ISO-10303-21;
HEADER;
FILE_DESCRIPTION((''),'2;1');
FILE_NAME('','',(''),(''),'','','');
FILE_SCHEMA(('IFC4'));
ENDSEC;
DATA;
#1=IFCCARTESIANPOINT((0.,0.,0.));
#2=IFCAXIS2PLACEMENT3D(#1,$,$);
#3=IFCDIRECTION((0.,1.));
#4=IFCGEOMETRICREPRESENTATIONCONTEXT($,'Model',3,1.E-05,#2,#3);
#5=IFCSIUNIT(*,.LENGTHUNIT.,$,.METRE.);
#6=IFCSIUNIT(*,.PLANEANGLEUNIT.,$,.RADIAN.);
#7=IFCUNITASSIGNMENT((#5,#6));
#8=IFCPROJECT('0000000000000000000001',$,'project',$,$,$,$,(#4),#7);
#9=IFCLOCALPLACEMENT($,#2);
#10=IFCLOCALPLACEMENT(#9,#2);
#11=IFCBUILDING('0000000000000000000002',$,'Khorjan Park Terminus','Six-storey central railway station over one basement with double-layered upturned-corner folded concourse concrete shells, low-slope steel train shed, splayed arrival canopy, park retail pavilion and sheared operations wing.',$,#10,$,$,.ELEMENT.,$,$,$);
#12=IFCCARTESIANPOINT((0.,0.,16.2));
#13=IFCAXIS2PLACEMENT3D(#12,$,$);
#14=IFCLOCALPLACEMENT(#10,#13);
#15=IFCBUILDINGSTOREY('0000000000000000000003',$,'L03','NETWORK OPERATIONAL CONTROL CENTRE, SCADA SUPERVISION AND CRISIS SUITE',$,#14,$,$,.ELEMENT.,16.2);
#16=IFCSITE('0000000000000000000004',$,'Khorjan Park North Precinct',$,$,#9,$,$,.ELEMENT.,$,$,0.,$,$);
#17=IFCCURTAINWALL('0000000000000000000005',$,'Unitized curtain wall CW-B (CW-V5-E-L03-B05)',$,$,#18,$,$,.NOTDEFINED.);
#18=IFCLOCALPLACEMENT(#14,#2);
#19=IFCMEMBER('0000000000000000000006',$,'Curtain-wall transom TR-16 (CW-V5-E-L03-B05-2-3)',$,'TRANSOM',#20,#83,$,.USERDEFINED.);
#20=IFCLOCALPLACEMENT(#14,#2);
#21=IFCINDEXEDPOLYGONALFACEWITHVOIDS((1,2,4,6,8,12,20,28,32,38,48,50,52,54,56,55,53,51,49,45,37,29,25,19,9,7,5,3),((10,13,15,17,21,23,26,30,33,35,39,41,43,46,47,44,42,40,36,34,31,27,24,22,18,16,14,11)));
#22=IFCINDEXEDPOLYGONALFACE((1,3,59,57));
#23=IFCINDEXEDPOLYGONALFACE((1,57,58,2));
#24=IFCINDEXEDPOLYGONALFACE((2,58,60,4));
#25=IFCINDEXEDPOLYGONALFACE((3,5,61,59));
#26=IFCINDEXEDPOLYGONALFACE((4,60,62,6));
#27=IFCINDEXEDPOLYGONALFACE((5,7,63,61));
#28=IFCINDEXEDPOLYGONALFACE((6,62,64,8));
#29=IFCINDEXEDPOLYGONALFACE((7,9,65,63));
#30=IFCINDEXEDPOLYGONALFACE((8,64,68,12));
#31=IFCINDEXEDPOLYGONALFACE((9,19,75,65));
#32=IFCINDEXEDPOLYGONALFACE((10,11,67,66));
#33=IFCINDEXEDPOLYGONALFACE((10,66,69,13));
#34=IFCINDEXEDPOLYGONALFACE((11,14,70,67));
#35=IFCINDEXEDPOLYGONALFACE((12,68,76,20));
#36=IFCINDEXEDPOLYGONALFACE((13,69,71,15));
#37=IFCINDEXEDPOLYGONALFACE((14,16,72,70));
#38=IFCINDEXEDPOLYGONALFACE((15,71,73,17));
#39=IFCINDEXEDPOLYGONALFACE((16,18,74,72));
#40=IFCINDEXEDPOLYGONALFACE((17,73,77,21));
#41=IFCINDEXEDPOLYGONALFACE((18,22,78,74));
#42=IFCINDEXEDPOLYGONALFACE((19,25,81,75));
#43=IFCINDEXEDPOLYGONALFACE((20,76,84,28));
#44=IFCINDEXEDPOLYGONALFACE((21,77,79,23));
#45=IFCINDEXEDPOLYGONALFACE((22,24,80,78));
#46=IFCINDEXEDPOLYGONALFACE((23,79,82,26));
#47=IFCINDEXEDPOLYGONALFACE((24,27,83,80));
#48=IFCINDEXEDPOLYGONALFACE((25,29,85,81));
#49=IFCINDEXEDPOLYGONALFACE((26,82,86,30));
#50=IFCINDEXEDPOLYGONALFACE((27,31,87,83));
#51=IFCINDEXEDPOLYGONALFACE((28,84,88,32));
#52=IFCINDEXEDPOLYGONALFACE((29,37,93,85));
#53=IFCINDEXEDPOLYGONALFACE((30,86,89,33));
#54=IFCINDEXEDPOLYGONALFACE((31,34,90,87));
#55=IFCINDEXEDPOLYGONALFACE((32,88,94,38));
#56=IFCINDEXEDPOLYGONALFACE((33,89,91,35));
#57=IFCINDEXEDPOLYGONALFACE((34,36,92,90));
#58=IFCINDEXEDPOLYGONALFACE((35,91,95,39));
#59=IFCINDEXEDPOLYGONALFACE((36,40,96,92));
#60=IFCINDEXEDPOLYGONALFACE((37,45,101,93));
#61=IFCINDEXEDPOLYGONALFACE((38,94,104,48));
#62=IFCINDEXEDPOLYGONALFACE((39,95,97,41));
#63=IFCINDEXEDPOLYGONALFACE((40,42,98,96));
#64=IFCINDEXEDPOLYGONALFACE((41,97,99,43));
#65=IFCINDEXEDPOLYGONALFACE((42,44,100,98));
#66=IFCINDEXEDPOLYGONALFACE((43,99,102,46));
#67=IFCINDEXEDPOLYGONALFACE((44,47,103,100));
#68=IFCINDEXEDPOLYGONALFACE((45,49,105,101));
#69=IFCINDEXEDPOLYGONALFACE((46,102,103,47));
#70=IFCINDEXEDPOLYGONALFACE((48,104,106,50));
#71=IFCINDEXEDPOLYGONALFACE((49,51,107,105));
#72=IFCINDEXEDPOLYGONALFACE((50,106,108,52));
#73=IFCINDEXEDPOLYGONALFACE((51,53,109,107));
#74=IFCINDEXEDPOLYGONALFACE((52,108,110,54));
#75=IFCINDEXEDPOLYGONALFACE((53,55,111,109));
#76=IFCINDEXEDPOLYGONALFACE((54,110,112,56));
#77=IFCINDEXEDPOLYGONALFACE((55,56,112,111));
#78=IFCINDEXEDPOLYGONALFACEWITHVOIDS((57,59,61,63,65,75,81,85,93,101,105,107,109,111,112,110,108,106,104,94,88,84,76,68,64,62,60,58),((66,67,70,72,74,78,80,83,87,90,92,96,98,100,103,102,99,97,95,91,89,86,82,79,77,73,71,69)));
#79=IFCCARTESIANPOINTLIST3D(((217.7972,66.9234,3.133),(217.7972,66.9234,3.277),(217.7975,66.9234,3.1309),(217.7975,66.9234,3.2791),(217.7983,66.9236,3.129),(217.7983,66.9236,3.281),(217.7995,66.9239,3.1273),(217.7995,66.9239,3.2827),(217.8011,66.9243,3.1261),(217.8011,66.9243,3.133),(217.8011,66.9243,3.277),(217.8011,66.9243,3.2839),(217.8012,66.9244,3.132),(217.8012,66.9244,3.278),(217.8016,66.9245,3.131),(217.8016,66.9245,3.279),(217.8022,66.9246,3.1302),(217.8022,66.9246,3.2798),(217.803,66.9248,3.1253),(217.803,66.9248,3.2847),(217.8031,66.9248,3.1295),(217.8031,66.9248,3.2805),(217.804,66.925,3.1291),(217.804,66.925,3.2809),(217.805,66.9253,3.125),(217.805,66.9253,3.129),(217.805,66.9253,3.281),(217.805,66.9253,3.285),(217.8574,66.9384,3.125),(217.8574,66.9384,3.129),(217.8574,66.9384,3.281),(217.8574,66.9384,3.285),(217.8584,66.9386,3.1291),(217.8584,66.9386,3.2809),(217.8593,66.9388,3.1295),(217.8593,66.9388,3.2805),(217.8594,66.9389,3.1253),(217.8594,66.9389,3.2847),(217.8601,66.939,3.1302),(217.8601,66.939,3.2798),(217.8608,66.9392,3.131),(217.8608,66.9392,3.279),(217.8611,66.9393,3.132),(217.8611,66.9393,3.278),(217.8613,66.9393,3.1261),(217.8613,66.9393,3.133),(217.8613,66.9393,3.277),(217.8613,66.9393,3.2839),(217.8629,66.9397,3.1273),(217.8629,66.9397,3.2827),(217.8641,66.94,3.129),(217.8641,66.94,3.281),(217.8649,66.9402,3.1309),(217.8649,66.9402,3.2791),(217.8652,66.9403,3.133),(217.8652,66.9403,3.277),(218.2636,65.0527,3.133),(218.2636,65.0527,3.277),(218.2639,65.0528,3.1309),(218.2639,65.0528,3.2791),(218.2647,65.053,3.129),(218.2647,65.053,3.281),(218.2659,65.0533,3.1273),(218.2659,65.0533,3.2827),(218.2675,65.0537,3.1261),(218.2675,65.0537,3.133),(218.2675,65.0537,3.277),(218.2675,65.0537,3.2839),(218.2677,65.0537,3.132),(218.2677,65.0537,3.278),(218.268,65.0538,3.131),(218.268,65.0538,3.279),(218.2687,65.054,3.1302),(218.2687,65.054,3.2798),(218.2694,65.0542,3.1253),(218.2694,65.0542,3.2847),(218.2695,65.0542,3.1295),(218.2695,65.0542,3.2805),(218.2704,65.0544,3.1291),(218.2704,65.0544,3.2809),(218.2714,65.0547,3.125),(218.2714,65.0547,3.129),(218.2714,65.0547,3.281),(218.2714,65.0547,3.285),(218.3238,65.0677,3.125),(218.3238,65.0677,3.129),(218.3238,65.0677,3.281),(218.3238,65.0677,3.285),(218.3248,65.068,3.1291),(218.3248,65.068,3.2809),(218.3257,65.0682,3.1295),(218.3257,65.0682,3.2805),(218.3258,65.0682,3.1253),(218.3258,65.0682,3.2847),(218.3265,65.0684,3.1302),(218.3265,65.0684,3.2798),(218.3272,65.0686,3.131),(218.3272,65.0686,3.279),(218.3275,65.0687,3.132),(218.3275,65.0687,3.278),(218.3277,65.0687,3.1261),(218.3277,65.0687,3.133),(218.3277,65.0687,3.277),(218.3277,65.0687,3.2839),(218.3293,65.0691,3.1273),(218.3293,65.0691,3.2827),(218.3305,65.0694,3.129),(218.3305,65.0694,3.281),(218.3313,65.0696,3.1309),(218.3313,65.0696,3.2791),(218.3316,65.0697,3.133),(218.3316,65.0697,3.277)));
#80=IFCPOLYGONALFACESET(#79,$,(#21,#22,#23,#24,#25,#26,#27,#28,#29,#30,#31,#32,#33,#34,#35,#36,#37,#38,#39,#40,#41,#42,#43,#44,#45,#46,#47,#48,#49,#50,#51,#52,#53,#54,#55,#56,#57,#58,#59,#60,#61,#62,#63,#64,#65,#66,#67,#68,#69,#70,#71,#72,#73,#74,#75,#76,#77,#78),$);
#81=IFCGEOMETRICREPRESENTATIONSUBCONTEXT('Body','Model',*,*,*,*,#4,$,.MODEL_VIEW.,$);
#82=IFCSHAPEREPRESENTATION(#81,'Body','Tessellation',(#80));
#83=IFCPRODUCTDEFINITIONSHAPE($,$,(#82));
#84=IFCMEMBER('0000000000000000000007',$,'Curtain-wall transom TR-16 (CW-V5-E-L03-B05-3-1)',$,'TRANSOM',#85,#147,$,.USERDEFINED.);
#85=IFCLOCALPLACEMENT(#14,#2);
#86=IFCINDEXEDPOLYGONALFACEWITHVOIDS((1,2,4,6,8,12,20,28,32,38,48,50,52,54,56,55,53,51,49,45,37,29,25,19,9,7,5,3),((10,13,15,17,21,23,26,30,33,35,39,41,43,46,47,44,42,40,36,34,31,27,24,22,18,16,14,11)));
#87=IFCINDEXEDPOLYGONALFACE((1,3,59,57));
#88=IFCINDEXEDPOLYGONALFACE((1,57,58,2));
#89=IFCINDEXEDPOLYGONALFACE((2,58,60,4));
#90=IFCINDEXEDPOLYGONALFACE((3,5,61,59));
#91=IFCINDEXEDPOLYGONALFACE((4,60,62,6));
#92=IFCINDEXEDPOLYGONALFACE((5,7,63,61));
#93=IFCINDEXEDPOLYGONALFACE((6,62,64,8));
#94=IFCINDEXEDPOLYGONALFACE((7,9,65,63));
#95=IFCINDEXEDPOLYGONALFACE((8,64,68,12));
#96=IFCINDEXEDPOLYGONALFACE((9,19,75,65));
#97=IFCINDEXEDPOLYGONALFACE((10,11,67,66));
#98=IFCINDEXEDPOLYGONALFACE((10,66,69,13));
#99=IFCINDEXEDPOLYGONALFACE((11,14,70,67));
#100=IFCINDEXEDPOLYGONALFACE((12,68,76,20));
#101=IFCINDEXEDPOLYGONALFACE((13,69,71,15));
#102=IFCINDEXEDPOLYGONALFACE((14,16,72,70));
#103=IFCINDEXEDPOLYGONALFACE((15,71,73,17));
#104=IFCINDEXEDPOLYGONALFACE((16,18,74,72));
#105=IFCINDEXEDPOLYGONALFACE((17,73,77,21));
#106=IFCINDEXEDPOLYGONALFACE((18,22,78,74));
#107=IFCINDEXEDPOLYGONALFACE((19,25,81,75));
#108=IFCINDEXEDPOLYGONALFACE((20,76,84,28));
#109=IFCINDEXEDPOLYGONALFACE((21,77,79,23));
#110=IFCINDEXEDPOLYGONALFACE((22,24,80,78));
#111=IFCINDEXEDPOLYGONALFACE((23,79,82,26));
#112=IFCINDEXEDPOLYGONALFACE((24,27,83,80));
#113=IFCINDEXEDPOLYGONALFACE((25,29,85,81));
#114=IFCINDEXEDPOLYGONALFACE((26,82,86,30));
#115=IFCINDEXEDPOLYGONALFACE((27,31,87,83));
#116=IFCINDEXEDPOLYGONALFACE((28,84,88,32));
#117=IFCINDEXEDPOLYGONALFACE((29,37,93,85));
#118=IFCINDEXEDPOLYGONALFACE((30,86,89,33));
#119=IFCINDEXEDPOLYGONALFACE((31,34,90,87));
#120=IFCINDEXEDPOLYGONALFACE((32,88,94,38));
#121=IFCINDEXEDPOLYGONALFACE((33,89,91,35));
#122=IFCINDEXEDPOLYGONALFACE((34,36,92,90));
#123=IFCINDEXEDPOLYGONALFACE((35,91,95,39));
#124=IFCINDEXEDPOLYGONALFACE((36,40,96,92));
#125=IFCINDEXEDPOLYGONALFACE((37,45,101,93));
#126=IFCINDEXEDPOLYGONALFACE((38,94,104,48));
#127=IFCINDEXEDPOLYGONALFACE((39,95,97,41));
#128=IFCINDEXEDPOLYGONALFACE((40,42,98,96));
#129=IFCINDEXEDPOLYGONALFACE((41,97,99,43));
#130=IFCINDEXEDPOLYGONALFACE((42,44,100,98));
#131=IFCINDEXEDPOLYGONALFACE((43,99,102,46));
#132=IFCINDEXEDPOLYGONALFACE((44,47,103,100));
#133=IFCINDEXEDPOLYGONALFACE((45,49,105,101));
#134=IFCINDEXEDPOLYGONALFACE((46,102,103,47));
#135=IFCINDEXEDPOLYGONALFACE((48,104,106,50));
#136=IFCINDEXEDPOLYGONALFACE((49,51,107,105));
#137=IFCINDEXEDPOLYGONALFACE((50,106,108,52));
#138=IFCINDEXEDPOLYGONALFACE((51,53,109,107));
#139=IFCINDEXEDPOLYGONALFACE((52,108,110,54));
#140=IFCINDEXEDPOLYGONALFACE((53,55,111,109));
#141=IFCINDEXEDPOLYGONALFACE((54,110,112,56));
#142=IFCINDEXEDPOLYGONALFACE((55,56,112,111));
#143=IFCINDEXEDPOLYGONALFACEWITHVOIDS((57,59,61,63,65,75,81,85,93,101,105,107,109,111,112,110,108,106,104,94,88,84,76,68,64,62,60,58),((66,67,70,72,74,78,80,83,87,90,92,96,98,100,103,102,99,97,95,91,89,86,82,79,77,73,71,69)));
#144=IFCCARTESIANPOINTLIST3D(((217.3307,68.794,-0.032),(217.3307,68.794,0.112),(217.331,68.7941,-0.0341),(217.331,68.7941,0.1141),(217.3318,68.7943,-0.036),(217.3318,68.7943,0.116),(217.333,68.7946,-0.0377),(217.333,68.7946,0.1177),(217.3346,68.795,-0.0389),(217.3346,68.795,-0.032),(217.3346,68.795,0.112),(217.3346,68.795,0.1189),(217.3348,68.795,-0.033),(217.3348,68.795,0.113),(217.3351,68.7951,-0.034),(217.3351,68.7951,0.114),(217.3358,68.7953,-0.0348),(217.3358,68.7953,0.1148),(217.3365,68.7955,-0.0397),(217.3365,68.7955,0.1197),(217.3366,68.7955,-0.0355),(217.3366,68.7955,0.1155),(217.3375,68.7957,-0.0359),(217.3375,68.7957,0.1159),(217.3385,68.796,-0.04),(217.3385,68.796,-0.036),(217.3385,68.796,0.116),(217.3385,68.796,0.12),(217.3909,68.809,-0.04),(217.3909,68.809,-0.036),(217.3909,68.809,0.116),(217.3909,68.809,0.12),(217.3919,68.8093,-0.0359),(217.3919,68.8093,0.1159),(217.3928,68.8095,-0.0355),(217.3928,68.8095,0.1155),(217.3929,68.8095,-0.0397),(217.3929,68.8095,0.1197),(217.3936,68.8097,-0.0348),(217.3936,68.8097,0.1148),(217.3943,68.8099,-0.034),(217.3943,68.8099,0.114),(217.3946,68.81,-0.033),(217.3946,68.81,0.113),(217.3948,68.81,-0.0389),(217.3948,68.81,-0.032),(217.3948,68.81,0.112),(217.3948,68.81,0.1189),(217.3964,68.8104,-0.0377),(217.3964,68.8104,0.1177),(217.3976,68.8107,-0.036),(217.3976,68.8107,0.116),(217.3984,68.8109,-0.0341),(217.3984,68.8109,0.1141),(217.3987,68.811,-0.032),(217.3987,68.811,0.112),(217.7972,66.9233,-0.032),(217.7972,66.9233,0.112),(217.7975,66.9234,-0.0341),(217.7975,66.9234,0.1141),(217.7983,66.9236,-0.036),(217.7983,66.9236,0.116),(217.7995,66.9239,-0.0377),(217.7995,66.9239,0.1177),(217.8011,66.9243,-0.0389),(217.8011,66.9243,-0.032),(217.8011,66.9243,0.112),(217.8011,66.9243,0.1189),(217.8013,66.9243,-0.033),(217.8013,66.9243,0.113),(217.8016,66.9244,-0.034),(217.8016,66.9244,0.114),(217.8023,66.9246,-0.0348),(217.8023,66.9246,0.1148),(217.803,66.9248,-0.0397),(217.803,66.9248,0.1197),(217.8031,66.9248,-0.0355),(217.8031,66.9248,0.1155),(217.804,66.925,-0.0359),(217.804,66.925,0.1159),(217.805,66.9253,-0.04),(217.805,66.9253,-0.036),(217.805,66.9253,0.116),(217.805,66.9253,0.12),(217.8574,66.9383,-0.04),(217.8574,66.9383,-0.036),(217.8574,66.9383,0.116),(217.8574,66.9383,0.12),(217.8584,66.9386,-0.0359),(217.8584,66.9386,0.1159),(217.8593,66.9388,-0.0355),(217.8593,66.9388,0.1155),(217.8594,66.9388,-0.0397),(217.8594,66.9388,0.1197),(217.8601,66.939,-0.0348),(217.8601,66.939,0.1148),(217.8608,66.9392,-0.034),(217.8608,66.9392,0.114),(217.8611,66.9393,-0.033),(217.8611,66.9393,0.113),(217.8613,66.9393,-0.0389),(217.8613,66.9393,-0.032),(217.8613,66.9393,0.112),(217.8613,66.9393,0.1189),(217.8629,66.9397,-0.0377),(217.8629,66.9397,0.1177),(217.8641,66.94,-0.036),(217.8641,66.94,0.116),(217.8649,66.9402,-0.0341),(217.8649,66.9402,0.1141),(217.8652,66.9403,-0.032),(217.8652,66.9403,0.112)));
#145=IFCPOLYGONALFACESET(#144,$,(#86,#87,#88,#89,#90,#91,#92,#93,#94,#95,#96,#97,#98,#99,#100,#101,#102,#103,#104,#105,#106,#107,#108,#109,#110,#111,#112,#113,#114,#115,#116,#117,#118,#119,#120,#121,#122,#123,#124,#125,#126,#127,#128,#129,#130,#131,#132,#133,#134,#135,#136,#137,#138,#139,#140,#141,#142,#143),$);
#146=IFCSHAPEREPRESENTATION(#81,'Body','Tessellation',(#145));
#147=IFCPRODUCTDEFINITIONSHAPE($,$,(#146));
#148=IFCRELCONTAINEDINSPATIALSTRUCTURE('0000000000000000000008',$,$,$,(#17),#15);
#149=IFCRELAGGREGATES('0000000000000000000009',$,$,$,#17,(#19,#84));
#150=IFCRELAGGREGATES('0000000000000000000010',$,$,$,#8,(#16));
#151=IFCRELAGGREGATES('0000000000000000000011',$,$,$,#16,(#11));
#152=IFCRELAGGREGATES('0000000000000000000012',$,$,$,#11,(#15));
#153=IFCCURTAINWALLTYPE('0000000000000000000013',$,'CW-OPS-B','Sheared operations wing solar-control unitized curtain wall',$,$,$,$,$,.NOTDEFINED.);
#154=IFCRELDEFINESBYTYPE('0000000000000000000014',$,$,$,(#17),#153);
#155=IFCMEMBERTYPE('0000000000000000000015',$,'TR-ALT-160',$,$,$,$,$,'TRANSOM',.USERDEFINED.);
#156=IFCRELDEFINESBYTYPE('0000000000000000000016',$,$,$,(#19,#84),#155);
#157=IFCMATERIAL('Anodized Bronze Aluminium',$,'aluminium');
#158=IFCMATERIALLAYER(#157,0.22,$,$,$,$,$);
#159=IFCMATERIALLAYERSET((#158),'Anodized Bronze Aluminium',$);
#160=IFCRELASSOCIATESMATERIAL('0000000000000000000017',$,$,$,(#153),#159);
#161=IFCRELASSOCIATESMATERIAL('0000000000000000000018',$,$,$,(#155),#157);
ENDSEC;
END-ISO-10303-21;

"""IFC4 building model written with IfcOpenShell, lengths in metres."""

from ifc_helpers import new_model, si_unit, direction, frame, origin, origin_2d, place, context, subcontext, project, spatial, hollow_rectangle, extrude, material, layer, layer_set, material_profile, profile_set, type_object, element, aggregate, save


model = new_model("IFC4")

# Units and contexts
model_context = context("Model", 3, precision=1e-05, world=origin(), true_north=direction((0.0, 1.0)))
body_context = subcontext(model_context, "Body", "Model", "MODEL_VIEW")
ifc_project = project(units=[si_unit("LENGTHUNIT", "METRE"), si_unit("PLANEANGLEUNIT", "RADIAN")], contexts=[model_context])

# Site, building, storey
site_placement = place(None, origin())
site = spatial("IfcSite", under=ifc_project, at=site_placement, Name="Khorjan Park North Precinct", CompositionType="ELEMENT", RefElevation=0.0)
building_placement = place(site_placement, origin())
building = spatial("IfcBuilding", under=site, at=building_placement, Name="Khorjan Park Terminus", Description="Six-storey central railway station over one basement with double-layered upturned-corner folded concourse concrete shells, low-slope steel train shed, splayed arrival canopy, park retail pavilion and sheared operations wing.", CompositionType="ELEMENT")
storey_placement = place(building_placement, frame((0.0, 0.0, 16.2)))
storey = spatial("IfcBuildingStorey", under=building, at=storey_placement, Name="L03", Description="NETWORK OPERATIONAL CONTROL CENTRE, SCADA SUPERVISION AND CRISIS SUITE", CompositionType="ELEMENT", Elevation=16.2)

# Curtain wall, members
ifc_material_1 = material(Name="Anodized Bronze Aluminium", Category="aluminium")
ifc_layer_1 = layer(ifc_material_1, 0.22)
ifc_layer_set_1 = layer_set([ifc_layer_1], Name="Anodized Bronze Aluminium")
curtain_wall_type = type_object("IfcCurtainWallType", Name="CW-OPS-B", Description="Sheared operations wing solar-control unitized curtain wall", PredefinedType="NOTDEFINED", material=ifc_layer_set_1)
curtain_wall_placement = place(storey_placement, origin())
curtain_wall = element("IfcCurtainWall", 1, at=curtain_wall_placement, inside=storey, type_object=curtain_wall_type, Name="Unitized curtain wall CW-B (CW-V5-E-L03-B05)", PredefinedType="NOTDEFINED")
ifc_material_profile_1 = material_profile(ifc_material_1, hollow_rectangle(XDim=0.07, YDim=0.16, WallThickness=0.004, InnerFilletRadius=0.004, OuterFilletRadius=0.008, at=origin_2d()), Name="ALT 70x160x4")
ifc_profile_set_1 = profile_set([ifc_material_profile_1], Name="Anodized Bronze Aluminium")
member_type_1 = type_object("IfcMemberType", Name="TR-ALT-160", ElementType="TRANSOM", PredefinedType="USERDEFINED", material=ifc_profile_set_1)
member_1_placement = place(storey_placement, frame((218.2976, 65.0612, 3.205), z_axis=(-0.241925, 0.970295, 0.0), x_axis=(-0.970295, -0.241925, 0.0)))
member_1 = element("IfcMember", 2, at=member_1_placement, type_object=member_type_1, Name="Curtain-wall transom TR-16 (CW-V5-E-L03-B05-2-3)", ObjectType="TRANSOM", PredefinedType="USERDEFINED", context=body_context, shape_type="SweptSolid", body=[
    extrude(hollow_rectangle(XDim=0.07, YDim=0.16, WallThickness=0.004, InnerFilletRadius=0.004, OuterFilletRadius=0.008, at=origin_2d()), origin(), (0.0, 0.0, 1.0), 1.9279),
])
member_2_placement = place(storey_placement, frame((217.8312, 66.9318, 0.04), z_axis=(-0.241962, 0.970286, 0.0), x_axis=(-0.970286, -0.241962, 0.0)))
member_2 = element("IfcMember", 3, at=member_2_placement, type_object=member_type_1, Name="Curtain-wall transom TR-16 (CW-V5-E-L03-B05-3-1)", ObjectType="TRANSOM", PredefinedType="USERDEFINED", context=body_context, shape_type="SweptSolid", body=[
    extrude(hollow_rectangle(XDim=0.07, YDim=0.16, WallThickness=0.004, InnerFilletRadius=0.004, OuterFilletRadius=0.008, at=origin_2d()), origin(), (0.0, 0.0, 1.0), 1.928),
])
aggregate(curtain_wall, [member_1, member_2])

save(model, "model.ifc")
